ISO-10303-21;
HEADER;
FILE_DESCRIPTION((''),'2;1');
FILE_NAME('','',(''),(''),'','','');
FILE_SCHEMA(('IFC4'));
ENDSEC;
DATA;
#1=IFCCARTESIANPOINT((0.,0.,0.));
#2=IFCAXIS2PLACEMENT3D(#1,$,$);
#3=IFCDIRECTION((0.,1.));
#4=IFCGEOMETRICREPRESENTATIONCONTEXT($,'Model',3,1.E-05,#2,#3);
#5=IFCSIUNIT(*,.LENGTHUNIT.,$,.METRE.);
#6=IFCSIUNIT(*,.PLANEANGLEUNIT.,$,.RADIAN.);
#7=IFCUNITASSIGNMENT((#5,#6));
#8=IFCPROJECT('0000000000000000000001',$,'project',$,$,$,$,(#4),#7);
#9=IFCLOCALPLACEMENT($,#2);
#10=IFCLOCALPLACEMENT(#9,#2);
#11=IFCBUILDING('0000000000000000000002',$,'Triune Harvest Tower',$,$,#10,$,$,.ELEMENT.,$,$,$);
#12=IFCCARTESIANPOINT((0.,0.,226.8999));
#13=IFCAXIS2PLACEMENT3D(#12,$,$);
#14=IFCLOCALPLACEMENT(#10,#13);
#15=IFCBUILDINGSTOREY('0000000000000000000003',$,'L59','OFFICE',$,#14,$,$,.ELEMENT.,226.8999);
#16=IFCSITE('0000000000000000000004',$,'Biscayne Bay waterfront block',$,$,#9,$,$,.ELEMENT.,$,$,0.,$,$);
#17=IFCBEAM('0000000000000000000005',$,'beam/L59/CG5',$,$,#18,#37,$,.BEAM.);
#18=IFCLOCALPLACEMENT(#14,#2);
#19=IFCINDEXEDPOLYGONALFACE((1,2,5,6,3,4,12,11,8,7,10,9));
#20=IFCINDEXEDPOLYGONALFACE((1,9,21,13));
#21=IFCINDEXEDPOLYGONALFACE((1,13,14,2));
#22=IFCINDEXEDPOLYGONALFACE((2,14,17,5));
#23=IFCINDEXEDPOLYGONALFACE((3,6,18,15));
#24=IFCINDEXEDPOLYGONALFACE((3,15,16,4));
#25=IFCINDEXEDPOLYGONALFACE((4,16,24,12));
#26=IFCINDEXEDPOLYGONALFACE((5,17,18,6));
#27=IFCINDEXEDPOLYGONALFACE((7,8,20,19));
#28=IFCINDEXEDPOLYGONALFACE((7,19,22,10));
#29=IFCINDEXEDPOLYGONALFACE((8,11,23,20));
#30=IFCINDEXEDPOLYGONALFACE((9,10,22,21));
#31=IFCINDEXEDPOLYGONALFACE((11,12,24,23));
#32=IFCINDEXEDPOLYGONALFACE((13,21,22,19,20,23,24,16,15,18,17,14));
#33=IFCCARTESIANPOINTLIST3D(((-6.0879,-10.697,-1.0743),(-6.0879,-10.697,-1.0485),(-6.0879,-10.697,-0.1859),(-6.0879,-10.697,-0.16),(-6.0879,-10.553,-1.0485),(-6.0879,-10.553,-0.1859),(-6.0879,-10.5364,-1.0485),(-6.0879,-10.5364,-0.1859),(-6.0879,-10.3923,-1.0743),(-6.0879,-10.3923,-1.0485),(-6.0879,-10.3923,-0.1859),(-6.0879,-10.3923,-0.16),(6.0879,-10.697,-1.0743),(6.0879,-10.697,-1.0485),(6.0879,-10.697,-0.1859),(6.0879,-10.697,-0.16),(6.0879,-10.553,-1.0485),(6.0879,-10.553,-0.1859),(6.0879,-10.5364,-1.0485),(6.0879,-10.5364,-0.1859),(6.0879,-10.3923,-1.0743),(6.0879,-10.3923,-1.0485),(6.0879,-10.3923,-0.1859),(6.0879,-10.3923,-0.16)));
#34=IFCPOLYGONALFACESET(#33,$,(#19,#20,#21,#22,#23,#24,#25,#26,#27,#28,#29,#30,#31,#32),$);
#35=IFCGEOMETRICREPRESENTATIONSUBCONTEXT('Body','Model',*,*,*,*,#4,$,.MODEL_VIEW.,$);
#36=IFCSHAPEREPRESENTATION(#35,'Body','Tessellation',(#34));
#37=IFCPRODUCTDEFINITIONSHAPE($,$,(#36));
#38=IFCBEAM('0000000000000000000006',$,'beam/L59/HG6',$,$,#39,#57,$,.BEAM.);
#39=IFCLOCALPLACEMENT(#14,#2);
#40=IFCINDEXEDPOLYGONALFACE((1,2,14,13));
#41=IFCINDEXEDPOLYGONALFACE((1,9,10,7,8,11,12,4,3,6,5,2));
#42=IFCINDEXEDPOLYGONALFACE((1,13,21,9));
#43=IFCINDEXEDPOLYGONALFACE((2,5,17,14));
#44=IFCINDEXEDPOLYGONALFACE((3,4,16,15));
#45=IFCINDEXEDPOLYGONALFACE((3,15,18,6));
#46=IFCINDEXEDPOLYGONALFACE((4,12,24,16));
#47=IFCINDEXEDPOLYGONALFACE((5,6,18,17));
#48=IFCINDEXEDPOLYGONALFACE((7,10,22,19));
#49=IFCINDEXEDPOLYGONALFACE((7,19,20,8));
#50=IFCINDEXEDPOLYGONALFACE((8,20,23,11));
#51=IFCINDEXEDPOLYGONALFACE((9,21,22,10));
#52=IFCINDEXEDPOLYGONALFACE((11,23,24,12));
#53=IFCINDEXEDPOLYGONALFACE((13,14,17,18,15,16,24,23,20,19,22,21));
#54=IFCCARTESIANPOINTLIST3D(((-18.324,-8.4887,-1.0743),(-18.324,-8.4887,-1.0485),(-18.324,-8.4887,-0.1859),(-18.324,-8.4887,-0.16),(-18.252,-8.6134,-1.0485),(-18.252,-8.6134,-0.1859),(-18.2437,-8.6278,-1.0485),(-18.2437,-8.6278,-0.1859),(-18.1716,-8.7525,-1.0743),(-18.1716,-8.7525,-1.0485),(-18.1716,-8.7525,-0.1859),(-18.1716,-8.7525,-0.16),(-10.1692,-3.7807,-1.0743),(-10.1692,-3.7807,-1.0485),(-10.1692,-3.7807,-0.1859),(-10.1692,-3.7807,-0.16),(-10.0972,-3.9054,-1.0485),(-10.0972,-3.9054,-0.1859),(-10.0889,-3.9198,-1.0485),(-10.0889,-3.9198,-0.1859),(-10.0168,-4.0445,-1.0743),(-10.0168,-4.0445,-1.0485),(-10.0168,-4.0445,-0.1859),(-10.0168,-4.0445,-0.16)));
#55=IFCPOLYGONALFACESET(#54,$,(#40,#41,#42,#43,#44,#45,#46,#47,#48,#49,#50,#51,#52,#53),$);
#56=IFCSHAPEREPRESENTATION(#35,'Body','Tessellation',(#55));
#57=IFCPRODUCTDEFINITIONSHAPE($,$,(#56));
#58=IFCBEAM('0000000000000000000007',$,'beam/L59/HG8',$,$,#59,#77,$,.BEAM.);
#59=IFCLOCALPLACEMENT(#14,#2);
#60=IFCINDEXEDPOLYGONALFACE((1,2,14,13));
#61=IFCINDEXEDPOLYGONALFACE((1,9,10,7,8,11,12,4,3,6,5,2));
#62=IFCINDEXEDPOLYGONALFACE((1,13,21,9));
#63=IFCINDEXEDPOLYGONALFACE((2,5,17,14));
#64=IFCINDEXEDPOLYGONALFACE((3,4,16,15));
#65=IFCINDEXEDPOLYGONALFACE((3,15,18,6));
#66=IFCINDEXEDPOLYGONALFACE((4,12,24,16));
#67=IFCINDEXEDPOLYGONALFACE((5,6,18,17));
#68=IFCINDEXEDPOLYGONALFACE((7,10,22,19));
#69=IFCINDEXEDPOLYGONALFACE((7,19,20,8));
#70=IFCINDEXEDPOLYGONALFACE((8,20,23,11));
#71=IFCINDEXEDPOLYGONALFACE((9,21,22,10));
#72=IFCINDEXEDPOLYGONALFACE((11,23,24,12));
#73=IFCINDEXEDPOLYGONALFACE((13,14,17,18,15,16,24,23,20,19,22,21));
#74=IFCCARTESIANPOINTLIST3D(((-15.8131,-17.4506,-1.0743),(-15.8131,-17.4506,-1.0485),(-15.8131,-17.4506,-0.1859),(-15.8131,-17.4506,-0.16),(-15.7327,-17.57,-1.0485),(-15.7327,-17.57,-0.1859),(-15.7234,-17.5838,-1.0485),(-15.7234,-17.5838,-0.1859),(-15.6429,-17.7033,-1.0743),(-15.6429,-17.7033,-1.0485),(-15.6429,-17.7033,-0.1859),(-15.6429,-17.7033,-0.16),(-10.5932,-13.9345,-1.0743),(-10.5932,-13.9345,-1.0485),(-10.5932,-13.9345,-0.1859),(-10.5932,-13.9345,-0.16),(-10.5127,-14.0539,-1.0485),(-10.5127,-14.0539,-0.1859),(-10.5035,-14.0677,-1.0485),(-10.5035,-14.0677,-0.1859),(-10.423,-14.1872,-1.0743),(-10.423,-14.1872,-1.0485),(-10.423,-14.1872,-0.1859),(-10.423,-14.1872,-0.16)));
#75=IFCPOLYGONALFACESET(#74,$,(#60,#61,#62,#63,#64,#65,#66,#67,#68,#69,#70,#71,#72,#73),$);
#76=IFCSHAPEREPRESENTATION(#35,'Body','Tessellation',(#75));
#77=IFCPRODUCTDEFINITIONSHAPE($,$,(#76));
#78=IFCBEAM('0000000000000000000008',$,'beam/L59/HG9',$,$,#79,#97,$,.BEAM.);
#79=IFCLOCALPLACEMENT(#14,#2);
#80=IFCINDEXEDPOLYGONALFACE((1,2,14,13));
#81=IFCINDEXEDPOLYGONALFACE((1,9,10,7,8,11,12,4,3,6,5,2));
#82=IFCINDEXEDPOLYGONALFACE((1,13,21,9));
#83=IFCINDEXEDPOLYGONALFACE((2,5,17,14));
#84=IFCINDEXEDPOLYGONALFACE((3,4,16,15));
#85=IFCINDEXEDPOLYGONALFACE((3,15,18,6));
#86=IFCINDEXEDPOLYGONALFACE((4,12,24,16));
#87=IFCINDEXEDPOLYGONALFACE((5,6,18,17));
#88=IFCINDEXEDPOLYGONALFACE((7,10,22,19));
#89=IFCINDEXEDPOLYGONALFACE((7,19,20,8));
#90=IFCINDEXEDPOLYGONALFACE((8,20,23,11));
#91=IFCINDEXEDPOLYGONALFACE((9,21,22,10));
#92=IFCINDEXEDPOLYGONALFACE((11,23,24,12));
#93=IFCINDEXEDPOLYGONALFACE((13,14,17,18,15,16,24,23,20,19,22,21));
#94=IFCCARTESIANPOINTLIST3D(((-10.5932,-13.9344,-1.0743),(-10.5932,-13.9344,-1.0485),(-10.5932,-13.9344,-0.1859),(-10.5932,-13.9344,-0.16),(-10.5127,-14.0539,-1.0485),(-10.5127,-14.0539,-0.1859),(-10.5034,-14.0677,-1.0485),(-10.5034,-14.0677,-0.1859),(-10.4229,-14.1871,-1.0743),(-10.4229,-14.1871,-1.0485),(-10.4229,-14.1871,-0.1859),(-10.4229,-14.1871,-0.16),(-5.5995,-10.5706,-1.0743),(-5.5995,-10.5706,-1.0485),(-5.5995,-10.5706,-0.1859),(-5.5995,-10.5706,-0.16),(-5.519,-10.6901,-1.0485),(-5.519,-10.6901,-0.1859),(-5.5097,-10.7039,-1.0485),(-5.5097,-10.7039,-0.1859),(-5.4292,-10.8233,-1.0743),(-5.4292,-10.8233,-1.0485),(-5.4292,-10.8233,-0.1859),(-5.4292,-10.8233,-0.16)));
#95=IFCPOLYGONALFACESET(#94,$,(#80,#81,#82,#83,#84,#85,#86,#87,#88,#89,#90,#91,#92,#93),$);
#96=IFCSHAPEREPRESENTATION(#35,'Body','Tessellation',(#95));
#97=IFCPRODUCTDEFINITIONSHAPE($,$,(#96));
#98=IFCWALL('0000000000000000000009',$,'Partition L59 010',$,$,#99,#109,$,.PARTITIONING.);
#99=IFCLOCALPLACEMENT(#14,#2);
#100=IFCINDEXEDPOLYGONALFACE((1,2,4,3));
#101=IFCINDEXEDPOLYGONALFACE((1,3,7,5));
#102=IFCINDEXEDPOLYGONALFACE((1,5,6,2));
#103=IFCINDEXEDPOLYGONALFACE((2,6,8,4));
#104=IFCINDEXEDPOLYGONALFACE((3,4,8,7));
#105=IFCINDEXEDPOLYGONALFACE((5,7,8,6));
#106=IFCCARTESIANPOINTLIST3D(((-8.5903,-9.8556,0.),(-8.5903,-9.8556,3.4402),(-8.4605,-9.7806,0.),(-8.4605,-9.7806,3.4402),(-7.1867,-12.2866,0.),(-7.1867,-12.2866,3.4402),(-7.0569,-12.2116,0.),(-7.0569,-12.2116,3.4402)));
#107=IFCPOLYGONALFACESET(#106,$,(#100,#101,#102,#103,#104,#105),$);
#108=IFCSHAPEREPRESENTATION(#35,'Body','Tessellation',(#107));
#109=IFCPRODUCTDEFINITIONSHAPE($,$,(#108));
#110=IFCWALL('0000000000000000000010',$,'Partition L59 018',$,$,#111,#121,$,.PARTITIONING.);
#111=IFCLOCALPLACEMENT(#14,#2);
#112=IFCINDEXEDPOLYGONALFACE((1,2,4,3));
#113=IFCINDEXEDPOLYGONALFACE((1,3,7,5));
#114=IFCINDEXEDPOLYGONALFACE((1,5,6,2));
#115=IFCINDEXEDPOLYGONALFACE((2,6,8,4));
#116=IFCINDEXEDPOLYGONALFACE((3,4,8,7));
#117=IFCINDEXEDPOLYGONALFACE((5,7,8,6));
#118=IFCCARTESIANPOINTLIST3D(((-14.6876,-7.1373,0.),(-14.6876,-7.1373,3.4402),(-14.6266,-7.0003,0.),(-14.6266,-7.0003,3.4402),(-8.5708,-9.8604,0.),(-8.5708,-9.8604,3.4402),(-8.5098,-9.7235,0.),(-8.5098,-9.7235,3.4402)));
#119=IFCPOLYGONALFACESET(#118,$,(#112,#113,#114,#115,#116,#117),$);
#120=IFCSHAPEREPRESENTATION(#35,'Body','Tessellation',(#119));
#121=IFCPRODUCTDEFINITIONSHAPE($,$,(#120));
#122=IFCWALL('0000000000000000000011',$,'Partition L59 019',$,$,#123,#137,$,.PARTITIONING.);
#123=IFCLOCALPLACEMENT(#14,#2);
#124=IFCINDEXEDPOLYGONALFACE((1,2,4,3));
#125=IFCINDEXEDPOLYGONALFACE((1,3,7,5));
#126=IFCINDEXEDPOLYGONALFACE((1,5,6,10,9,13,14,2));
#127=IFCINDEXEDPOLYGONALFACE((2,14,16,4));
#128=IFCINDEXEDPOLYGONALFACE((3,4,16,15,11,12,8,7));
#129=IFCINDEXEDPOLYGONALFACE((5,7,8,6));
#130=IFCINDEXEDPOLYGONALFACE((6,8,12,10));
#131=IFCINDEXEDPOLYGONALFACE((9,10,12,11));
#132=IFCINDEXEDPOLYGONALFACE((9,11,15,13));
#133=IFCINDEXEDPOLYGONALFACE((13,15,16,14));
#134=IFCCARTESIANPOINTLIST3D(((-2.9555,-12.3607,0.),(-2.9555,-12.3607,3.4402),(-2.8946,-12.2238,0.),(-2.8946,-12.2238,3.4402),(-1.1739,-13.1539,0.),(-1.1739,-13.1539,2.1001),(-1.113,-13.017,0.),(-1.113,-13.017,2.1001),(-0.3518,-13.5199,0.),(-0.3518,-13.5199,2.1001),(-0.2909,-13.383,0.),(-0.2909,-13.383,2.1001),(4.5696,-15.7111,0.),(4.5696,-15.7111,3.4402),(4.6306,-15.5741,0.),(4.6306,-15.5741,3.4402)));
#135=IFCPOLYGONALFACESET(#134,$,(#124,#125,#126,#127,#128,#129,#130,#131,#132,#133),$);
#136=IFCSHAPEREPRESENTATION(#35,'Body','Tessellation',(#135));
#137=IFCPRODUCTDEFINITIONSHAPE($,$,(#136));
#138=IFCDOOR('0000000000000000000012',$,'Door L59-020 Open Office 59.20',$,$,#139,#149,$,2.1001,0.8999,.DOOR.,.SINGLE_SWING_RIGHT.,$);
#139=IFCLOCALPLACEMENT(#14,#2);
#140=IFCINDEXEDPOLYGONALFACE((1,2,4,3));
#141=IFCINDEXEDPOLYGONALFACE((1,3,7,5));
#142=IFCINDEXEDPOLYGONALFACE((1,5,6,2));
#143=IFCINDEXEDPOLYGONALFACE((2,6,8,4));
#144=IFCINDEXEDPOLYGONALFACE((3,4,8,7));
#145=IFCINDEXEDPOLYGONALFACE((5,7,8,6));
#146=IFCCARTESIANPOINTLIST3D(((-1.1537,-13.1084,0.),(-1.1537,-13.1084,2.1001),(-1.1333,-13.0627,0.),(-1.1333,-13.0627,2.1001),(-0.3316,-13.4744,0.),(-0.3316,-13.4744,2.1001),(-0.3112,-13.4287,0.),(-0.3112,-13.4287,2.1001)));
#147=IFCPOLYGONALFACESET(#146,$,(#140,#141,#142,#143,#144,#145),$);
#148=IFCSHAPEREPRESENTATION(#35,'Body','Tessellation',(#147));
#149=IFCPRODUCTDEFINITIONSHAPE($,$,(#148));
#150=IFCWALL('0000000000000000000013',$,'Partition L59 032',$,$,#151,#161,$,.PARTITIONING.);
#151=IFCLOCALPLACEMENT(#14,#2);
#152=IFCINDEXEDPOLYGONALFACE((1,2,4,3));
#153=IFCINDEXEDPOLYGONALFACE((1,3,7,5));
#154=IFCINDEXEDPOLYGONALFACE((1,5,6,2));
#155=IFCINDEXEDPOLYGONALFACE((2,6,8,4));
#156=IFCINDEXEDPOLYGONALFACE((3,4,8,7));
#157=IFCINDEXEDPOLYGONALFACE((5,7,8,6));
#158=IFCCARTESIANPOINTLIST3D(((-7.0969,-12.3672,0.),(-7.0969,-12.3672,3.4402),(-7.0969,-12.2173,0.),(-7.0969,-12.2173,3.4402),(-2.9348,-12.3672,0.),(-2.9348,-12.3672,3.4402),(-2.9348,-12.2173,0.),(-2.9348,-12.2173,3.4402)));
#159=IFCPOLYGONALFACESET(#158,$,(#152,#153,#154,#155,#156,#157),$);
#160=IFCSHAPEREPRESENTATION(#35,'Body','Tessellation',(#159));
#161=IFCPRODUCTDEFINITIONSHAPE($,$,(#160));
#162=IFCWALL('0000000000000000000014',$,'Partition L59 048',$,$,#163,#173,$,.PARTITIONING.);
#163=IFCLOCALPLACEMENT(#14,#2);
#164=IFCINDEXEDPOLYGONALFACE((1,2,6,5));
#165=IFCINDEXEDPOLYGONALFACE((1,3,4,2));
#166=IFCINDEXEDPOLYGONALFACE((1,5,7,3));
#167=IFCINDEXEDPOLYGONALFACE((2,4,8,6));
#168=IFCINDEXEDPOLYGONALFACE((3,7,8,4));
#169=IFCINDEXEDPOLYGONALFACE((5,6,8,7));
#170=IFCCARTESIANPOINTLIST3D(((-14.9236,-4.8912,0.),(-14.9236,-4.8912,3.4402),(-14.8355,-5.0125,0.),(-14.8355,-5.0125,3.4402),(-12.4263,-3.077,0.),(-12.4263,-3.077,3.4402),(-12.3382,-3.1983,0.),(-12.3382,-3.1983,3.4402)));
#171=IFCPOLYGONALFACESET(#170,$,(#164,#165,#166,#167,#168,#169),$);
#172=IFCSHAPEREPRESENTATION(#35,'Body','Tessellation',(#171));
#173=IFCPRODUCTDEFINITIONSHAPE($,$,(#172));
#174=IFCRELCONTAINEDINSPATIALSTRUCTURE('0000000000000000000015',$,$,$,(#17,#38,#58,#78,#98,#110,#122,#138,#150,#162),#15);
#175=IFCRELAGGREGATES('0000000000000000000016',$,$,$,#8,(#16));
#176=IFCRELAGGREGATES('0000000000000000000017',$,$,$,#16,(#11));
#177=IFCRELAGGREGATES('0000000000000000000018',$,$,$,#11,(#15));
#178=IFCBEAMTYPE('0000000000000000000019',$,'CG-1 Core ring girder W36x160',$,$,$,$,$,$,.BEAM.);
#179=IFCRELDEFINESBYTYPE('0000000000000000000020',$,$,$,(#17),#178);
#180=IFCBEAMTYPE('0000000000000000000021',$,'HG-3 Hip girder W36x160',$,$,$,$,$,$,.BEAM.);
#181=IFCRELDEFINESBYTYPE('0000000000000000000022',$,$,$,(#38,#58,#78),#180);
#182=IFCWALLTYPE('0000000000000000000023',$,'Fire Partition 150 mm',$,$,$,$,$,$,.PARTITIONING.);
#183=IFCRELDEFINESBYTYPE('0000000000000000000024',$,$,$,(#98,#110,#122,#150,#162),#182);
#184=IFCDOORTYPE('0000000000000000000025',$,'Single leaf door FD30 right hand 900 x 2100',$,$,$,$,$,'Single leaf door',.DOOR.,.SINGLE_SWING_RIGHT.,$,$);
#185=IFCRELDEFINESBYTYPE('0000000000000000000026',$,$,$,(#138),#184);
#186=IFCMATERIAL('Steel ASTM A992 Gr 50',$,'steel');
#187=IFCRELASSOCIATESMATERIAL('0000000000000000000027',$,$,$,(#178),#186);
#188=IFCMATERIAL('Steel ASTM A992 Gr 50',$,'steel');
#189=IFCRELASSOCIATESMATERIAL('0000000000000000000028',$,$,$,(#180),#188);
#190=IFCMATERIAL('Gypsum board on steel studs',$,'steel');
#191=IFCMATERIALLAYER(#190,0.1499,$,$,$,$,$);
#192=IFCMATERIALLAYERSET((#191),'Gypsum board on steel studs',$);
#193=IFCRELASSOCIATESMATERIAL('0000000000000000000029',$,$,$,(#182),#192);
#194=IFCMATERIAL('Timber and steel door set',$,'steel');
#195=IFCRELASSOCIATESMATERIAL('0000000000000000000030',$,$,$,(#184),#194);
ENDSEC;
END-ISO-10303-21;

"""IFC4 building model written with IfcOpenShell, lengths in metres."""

from ifc_helpers import new_model, si_unit, direction, frame, frame_2d, origin, origin_2d, place, context, subcontext, project, spatial, rectangle, i_section, extrude, source, transform, mapped, material, layer, layer_set, material_profile, profile_set, type_object, element, fill, save


model = new_model("IFC4")

# Units and contexts
model_context = context("Model", 3, precision=1e-05, world=origin(), true_north=direction((0.0, 1.0)))
body_context = subcontext(model_context, "Body", "Model", "MODEL_VIEW")
ifc_project = project(units=[si_unit("LENGTHUNIT", "METRE"), si_unit("PLANEANGLEUNIT", "RADIAN")], contexts=[model_context])

# Site, building, storey
site_placement = place(None, origin())
site = spatial("IfcSite", under=ifc_project, at=site_placement, Name="Biscayne Bay waterfront block", CompositionType="ELEMENT", RefElevation=0.0)
building_placement = place(site_placement, origin())
building = spatial("IfcBuilding", under=site, at=building_placement, Name="Triune Harvest Tower", CompositionType="ELEMENT")
storey_placement = place(building_placement, frame((0.0, 0.0, 226.8999)))
storey = spatial("IfcBuildingStorey", under=building, at=storey_placement, Name="L59", Description="OFFICE", CompositionType="ELEMENT", Elevation=226.8999)

# Beams
ifc_material_1 = material(Name="Steel ASTM A992 Gr 50", Category="steel")
ifc_material_profile_1 = material_profile(ifc_material_1, i_section(OverallWidth=0.3047, OverallDepth=0.9143, WebThickness=0.0166, FlangeThickness=0.0259, at=origin_2d()), Name="W36x160")
ifc_profile_set_1 = profile_set([ifc_material_profile_1], Name="Steel ASTM A992 Gr 50")
beam_type_1 = type_object("IfcBeamType", Name="CG-1 Core ring girder W36x160", PredefinedType="BEAM", material=ifc_profile_set_1)
shared_shape_1 = source(origin(), body_context, "Body", "SweptSolid", [
    extrude(i_section(OverallWidth=0.3047, OverallDepth=0.9143, WebThickness=0.0166, FlangeThickness=0.0259, at=origin_2d()), origin(), (0.0, 0.0, 1.0), 12.1758),
])
beam_1_placement = place(storey_placement, frame((-6.0879, -10.5447, -0.6172), z_axis=(1.0, 0.0, 0.0), x_axis=(0.0, 1.0, 0.0)))
element("IfcBeam", 1, at=beam_1_placement, inside=storey, type_object=beam_type_1, Name="beam/L59/CG5", PredefinedType="BEAM", context=body_context, shape_type="MappedRepresentation", body=[
    mapped(shared_shape_1, transform((0.0, 0.0, 0.0), scale=1.0)),
])
ifc_material_2 = material(Name="Steel ASTM A992 Gr 50", Category="steel")
ifc_material_profile_2 = material_profile(ifc_material_2, i_section(OverallWidth=0.3047, OverallDepth=0.9143, WebThickness=0.0166, FlangeThickness=0.0259, at=origin_2d()), Name="W36x160")
ifc_profile_set_2 = profile_set([ifc_material_profile_2], Name="Steel ASTM A992 Gr 50")
beam_type_2 = type_object("IfcBeamType", Name="HG-3 Hip girder W36x160", PredefinedType="BEAM", material=ifc_profile_set_2)
shared_shape_2 = source(origin(), body_context, "Body", "SweptSolid", [
    extrude(i_section(OverallWidth=0.3047, OverallDepth=0.9143, WebThickness=0.0166, FlangeThickness=0.0259, at=origin_2d()), origin(), (0.0, 0.0, 1.0), 9.4163),
])
beam_2_placement = place(storey_placement, frame((-18.2478, -8.6206, -0.6172), z_axis=(0.866033, 0.499987, 0.0), x_axis=(-0.499987, 0.866033, 0.0)))
element("IfcBeam", 2, at=beam_2_placement, inside=storey, type_object=beam_type_2, Name="beam/L59/HG6", PredefinedType="BEAM", context=body_context, shape_type="MappedRepresentation", body=[
    mapped(shared_shape_2, transform((0.0, 0.0, 0.0), scale=1.0)),
])
shared_shape_3 = source(origin(), body_context, "Body", "SweptSolid", [
    extrude(i_section(OverallWidth=0.3047, OverallDepth=0.9143, WebThickness=0.0166, FlangeThickness=0.0259, at=origin_2d()), origin(), (0.0, 0.0, 1.0), 6.2937),
])
beam_3_placement = place(storey_placement, frame((-15.728, -17.5769, -0.6172), z_axis=(0.829391, 0.558668, 0.0), x_axis=(-0.558668, 0.829391, 0.0)))
element("IfcBeam", 3, at=beam_3_placement, inside=storey, type_object=beam_type_2, Name="beam/L59/HG8", PredefinedType="BEAM", context=body_context, shape_type="MappedRepresentation", body=[
    mapped(shared_shape_3, transform((0.0, 0.0, 0.0), scale=1.0)),
])
shared_shape_4 = source(origin(), body_context, "Body", "SweptSolid", [
    extrude(i_section(OverallWidth=0.3047, OverallDepth=0.9143, WebThickness=0.0166, FlangeThickness=0.0259, at=origin_2d()), origin(), (0.0, 0.0, 1.0), 6.021),
])
beam_4_placement = place(storey_placement, frame((-10.5081, -14.0608, -0.6172), z_axis=(0.829383, 0.55868, 0.0), x_axis=(-0.55868, 0.829383, 0.0)))
element("IfcBeam", 4, at=beam_4_placement, inside=storey, type_object=beam_type_2, Name="beam/L59/HG9", PredefinedType="BEAM", context=body_context, shape_type="MappedRepresentation", body=[
    mapped(shared_shape_4, transform((0.0, 0.0, 0.0), scale=1.0)),
])

# Walls
ifc_material_3 = material(Name="Gypsum board on steel studs", Category="steel")
ifc_layer_1 = layer(ifc_material_3, 0.1499)
ifc_layer_set_1 = layer_set([ifc_layer_1], Name="Gypsum board on steel studs")
wall_type_1 = type_object("IfcWallType", Name="Fire Partition 150 mm", PredefinedType="PARTITIONING", material=ifc_layer_set_1)
wall_1_placement = place(storey_placement, frame((-8.5254, -9.8181, 0.0), z_axis=(0.0, 0.0, 1.0), x_axis=(0.500021, -0.866013, 0.0)))
element("IfcWall", 5, at=wall_1_placement, inside=storey, type_object=wall_type_1, Name="Partition L59 010", PredefinedType="PARTITIONING", context=body_context, shape_type="SweptSolid", body=[
    extrude(rectangle(XDim=2.8071, YDim=0.1499, at=frame_2d((1.4036, 0.0))), origin(), (0.0, 0.0, 1.0), 3.4402),
])
wall_2_placement = place(storey_placement, frame((-14.657, -7.0688, 0.0), z_axis=(0.0, 0.0, 1.0), x_axis=(0.913556, -0.406714, 0.0)))
element("IfcWall", 6, at=wall_2_placement, inside=storey, type_object=wall_type_1, Name="Partition L59 018", PredefinedType="PARTITIONING", context=body_context, shape_type="SweptSolid", body=[
    extrude(rectangle(XDim=6.6956, YDim=0.1499, at=frame_2d((3.3477, 0.0))), origin(), (0.0, 0.0, 1.0), 3.4402),
])

# Wall, opening, door
wall_3_placement = place(storey_placement, frame((-2.925, -12.2922, 0.0), z_axis=(0.0, 0.0, 1.0), x_axis=(0.913549, -0.40673, 0.0)))
wall_3 = element("IfcWall", 7, at=wall_3_placement, inside=storey, type_object=wall_type_1, Name="Partition L59 019", PredefinedType="PARTITIONING", context=body_context, shape_type="SweptSolid", body=[
    extrude(rectangle(XDim=8.2373, YDim=0.1499, at=frame_2d((4.1187, 0.0))), origin(), (0.0, 0.0, 1.0), 3.4402),
])
opening_1_placement = place(wall_3_placement, frame((1.9502, 0.0, 0.0)))
opening_1 = element("IfcOpeningElement", 8, at=opening_1_placement, cuts=wall_3, PredefinedType="OPENING", context=body_context, shape_type="SweptSolid", body=[
    extrude(rectangle(XDim=0.8999, YDim=2.1001, at=frame_2d((0.45, 1.05))), frame((0.0, 0.085, 0.0), z_axis=(0.0, -1.0, 0.0), x_axis=(1.0, 0.0, 0.0)), (0.0, 0.0, 1.0), 0.1699),
])
ifc_material_4 = material(Name="Timber and steel door set", Category="steel")
door_type_1 = type_object("IfcDoorType", Name="Single leaf door FD30 right hand 900 x 2100", ElementType="Single leaf door", OperationType="SINGLE_SWING_RIGHT", PredefinedType="DOOR", material=ifc_material_4)
door_1_placement = place(opening_1_placement, origin())
door_1 = element("IfcDoor", 9, at=door_1_placement, inside=storey, type_object=door_type_1, Name="Door L59-020 Open Office 59.20", OperationType="SINGLE_SWING_RIGHT", OverallHeight=2.1001, OverallWidth=0.8999, PredefinedType="DOOR", context=body_context, shape_type="SweptSolid", body=[
    extrude(rectangle(XDim=0.8999, YDim=2.1001, at=frame_2d((0.45, 1.05))), frame((0.0, 0.0249, 0.0), z_axis=(0.0, -1.0, 0.0), x_axis=(1.0, 0.0, 0.0)), (0.0, 0.0, 1.0), 0.05),
])
fill(opening_1, door_1)

# Walls
wall_4_placement = place(storey_placement, frame((-7.0969, -12.2922, 0.0), z_axis=(0.0, 0.0, 1.0), x_axis=(1.0, 0.0, 0.0)))
element("IfcWall", 10, at=wall_4_placement, inside=storey, type_object=wall_type_1, Name="Partition L59 032", PredefinedType="PARTITIONING", context=body_context, shape_type="SweptSolid", body=[
    extrude(rectangle(XDim=4.1621, YDim=0.1499, at=frame_2d((2.0811, 0.0))), origin(), (0.0, 0.0, 1.0), 3.4402),
])
wall_5_placement = place(storey_placement, frame((-14.8796, -4.9519, 0.0), z_axis=(0.0, 0.0, 1.0), x_axis=(0.809047, 0.587744, 0.0)))
element("IfcWall", 11, at=wall_5_placement, inside=storey, type_object=wall_type_1, Name="Partition L59 048", PredefinedType="PARTITIONING", context=body_context, shape_type="SweptSolid", body=[
    extrude(rectangle(XDim=3.0867, YDim=0.1499, at=frame_2d((1.5435, 0.0))), origin(), (0.0, 0.0, 1.0), 3.4402),
])

save(model, "model.ifc")
